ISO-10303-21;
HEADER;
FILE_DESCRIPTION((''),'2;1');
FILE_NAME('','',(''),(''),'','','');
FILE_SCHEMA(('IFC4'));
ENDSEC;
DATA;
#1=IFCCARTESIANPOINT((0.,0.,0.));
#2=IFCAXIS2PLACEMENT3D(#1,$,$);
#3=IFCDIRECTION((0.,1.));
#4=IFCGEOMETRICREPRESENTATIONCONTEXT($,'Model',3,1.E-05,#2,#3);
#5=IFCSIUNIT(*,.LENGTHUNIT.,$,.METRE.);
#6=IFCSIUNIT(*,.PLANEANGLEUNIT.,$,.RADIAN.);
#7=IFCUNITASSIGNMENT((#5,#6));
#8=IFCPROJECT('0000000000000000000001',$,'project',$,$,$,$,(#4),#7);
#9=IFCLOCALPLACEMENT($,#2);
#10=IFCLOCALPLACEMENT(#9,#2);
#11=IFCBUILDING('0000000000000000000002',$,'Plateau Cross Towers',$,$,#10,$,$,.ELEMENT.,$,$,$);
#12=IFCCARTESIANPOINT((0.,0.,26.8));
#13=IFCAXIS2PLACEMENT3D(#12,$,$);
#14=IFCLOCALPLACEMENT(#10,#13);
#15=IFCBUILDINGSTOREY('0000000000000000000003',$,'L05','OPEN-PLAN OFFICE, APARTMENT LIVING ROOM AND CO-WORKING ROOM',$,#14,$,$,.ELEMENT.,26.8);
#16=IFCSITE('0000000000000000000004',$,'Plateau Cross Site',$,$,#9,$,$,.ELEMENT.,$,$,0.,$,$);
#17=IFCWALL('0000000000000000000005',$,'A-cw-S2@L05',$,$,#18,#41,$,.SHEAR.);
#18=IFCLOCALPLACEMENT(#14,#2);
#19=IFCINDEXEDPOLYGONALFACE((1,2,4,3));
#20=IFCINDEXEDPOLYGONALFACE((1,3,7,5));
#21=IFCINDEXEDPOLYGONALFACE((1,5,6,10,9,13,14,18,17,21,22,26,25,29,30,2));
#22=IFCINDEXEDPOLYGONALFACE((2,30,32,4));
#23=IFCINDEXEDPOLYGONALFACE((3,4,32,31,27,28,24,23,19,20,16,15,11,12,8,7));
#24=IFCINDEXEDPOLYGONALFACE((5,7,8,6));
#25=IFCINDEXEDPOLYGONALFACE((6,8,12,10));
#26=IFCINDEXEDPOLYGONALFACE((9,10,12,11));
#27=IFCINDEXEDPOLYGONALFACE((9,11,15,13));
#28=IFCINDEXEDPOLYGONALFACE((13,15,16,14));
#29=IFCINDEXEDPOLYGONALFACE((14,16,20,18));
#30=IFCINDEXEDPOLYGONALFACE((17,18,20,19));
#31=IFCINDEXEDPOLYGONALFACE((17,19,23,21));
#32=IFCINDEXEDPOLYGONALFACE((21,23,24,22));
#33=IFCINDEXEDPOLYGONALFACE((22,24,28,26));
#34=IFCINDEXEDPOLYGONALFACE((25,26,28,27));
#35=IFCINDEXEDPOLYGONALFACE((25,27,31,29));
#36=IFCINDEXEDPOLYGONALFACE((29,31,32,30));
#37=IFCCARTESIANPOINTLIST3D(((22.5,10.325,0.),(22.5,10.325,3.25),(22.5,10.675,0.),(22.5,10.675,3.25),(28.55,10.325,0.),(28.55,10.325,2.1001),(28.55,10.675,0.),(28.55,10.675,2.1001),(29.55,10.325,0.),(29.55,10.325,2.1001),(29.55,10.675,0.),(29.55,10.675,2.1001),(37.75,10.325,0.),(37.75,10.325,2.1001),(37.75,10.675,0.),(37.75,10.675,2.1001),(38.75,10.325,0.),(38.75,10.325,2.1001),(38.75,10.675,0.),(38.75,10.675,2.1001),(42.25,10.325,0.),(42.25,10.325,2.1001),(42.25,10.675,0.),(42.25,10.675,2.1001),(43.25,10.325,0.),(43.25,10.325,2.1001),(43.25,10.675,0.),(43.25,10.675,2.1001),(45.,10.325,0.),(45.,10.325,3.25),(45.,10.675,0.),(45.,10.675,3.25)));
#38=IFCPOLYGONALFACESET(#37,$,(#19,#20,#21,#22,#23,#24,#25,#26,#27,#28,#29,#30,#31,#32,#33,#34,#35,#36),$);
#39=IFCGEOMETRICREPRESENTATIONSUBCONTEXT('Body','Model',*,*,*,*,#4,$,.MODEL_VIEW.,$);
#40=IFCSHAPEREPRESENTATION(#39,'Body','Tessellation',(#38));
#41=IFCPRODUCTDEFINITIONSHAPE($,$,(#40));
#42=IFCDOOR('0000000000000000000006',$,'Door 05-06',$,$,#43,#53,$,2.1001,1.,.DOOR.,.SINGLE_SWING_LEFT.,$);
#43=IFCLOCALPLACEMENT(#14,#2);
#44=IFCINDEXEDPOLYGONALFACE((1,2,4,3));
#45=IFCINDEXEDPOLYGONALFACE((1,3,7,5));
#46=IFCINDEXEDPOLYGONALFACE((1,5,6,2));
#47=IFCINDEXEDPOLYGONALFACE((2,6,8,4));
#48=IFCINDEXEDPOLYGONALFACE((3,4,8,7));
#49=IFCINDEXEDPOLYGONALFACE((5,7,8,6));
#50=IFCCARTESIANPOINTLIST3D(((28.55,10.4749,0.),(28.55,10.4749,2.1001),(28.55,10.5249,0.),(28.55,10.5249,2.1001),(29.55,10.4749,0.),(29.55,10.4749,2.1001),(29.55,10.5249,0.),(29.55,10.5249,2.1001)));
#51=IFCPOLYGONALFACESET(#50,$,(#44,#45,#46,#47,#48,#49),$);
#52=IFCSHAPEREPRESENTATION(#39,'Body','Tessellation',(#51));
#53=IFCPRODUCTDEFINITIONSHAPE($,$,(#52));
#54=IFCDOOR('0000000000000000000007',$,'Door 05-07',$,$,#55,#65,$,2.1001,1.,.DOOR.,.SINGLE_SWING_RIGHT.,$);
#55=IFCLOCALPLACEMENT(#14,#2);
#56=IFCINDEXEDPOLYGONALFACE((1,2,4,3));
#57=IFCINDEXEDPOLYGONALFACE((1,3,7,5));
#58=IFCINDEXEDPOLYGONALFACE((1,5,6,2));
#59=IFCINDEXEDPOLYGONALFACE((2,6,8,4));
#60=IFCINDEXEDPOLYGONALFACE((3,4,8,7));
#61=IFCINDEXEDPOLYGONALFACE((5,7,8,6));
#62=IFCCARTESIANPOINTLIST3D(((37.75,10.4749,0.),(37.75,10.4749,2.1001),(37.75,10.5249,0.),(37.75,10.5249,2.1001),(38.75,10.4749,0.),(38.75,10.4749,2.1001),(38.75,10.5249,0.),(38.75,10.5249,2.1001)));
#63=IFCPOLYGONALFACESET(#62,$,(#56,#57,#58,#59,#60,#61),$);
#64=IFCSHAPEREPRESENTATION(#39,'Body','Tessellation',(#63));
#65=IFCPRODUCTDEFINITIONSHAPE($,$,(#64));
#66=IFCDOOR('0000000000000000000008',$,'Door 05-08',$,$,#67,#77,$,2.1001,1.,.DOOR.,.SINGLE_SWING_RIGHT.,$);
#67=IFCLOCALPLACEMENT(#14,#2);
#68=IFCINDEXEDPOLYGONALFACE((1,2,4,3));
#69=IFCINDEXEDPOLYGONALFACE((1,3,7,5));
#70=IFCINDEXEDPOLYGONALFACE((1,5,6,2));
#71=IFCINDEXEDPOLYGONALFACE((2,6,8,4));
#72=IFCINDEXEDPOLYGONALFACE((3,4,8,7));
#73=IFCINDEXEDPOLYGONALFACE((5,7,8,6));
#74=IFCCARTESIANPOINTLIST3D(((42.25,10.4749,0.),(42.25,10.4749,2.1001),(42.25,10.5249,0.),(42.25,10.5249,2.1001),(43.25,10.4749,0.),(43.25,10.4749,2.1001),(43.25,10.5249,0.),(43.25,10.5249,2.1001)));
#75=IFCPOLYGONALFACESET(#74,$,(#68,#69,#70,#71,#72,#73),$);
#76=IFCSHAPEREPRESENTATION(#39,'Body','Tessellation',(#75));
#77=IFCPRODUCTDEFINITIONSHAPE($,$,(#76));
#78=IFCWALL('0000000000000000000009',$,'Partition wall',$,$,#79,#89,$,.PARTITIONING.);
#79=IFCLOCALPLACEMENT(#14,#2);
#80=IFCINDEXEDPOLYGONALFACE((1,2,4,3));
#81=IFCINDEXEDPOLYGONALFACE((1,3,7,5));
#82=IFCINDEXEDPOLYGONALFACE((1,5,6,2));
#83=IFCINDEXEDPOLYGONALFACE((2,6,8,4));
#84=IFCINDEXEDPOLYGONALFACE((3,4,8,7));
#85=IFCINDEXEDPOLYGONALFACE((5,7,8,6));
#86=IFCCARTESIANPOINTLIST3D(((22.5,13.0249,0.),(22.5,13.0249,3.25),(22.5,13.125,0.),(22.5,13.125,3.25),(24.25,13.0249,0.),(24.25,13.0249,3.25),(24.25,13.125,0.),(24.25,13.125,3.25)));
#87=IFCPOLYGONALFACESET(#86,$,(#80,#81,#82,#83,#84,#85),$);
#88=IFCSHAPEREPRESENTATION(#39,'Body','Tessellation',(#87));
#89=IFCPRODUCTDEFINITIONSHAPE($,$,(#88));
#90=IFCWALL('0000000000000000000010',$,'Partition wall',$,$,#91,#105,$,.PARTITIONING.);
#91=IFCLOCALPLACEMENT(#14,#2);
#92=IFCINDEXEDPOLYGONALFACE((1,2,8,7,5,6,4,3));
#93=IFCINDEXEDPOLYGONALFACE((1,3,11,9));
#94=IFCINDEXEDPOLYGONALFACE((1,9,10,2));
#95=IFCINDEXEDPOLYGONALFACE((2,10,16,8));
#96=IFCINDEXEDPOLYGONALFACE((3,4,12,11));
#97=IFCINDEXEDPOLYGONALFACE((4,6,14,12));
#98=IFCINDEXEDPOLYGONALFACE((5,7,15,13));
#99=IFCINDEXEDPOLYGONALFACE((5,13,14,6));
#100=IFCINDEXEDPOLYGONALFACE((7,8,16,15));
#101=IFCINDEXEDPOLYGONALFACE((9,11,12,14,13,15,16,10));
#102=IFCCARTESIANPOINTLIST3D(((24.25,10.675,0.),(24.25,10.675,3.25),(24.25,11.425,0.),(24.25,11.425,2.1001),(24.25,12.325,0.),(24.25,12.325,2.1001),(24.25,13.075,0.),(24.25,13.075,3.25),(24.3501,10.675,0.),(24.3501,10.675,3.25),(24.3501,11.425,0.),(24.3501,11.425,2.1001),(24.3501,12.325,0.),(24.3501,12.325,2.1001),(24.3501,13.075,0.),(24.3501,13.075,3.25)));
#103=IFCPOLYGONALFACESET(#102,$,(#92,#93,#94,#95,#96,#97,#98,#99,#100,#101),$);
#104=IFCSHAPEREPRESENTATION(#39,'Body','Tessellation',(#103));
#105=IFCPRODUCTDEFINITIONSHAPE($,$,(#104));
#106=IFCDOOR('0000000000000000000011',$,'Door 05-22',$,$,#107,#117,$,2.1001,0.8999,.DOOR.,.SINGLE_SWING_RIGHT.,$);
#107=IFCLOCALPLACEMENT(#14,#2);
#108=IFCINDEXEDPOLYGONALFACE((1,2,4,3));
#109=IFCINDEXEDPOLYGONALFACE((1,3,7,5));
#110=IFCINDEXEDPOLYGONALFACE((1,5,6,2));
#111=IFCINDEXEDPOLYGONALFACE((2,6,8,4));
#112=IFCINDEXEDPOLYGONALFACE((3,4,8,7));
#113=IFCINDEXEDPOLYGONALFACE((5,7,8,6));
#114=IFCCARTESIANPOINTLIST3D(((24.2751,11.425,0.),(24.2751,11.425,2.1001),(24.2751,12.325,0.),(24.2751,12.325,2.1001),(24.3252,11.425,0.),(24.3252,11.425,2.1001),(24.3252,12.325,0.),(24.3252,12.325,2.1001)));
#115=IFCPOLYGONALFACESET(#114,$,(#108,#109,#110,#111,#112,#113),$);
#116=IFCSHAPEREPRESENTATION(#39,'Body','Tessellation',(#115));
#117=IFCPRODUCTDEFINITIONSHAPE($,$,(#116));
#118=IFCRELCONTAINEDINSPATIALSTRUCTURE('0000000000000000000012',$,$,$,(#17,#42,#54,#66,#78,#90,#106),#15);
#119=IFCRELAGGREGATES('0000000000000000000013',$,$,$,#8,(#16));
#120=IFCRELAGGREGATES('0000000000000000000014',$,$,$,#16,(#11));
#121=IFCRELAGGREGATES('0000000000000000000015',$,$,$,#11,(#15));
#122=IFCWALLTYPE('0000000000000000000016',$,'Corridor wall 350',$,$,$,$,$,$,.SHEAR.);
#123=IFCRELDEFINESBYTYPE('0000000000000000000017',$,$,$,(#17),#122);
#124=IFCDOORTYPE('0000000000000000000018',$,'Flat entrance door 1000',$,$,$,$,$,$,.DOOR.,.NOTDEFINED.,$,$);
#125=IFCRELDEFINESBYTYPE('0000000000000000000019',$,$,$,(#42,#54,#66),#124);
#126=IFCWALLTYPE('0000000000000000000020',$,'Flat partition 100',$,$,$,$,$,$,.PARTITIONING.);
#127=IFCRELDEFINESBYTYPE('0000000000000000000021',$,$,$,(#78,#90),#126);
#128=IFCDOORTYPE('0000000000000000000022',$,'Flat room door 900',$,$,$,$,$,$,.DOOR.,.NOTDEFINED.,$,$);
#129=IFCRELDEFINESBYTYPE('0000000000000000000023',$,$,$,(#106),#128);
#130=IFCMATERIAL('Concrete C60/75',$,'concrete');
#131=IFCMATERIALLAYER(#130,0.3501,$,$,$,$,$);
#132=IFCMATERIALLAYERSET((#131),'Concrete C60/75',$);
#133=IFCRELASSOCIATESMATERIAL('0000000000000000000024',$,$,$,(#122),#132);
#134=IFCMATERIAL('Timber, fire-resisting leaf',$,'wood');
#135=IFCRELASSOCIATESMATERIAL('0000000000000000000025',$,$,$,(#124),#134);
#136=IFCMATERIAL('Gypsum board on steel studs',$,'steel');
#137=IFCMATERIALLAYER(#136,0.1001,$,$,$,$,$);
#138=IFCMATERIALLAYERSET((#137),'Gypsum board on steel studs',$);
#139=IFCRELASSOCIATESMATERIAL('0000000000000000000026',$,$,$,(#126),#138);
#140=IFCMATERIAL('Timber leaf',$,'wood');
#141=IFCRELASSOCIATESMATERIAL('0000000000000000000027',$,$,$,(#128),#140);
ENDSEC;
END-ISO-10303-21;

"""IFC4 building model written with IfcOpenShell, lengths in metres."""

from ifc_helpers import new_model, si_unit, direction, frame, frame_2d, origin, place, context, subcontext, project, spatial, rectangle, extrude, material, layer, layer_set, type_object, element, fill, save


model = new_model("IFC4")

# Units and contexts
model_context = context("Model", 3, precision=1e-05, world=origin(), true_north=direction((0.0, 1.0)))
body_context = subcontext(model_context, "Body", "Model", "MODEL_VIEW")
ifc_project = project(units=[si_unit("LENGTHUNIT", "METRE"), si_unit("PLANEANGLEUNIT", "RADIAN")], contexts=[model_context])

# Site, building, storey
site_placement = place(None, origin())
site = spatial("IfcSite", under=ifc_project, at=site_placement, Name="Plateau Cross Site", CompositionType="ELEMENT", RefElevation=0.0)
building_placement = place(site_placement, origin())
building = spatial("IfcBuilding", under=site, at=building_placement, Name="Plateau Cross Towers", CompositionType="ELEMENT")
storey_placement = place(building_placement, frame((0.0, 0.0, 26.8)))
storey = spatial("IfcBuildingStorey", under=building, at=storey_placement, Name="L05", Description="OPEN-PLAN OFFICE, APARTMENT LIVING ROOM AND CO-WORKING ROOM", CompositionType="ELEMENT", Elevation=26.8)

# Shared definitions
ifc_material_1 = material(Name="Concrete C60/75", Category="concrete")

# Wall, openings, doors
ifc_layer_1 = layer(ifc_material_1, 0.3501)
ifc_layer_set_1 = layer_set([ifc_layer_1], Name="Concrete C60/75")
wall_type_1 = type_object("IfcWallType", Name="Corridor wall 350", PredefinedType="SHEAR", material=ifc_layer_set_1)
ifc_material_2 = material(Name="Timber, fire-resisting leaf", Category="wood")
door_type_1 = type_object("IfcDoorType", Name="Flat entrance door 1000", OperationType="NOTDEFINED", PredefinedType="DOOR", material=ifc_material_2)
wall_1_placement = place(storey_placement, frame((22.5, 10.5, 0.0), z_axis=(0.0, 0.0, 1.0), x_axis=(1.0, 0.0, 0.0)))
wall_1 = element("IfcWall", 1, at=wall_1_placement, inside=storey, type_object=wall_type_1, Name="A-cw-S2@L05", PredefinedType="SHEAR", context=body_context, shape_type="SweptSolid", body=[
    extrude(rectangle(XDim=22.5, YDim=0.3501, at=frame_2d((11.25, 0.0))), origin(), (0.0, 0.0, 1.0), 3.25),
])
opening_1_placement = place(wall_1_placement, frame((6.05, 0.0, 0.0)))
opening_1 = element("IfcOpeningElement", 2, at=opening_1_placement, cuts=wall_1, PredefinedType="OPENING", context=body_context, shape_type="SweptSolid", body=[
    extrude(rectangle(XDim=1.0, YDim=2.1001, at=frame_2d((0.5, 1.05))), frame((0.0, 0.1851, 0.0), z_axis=(0.0, -1.0, 0.0), x_axis=(1.0, 0.0, 0.0)), (0.0, 0.0, 1.0), 0.3701),
])
opening_2_placement = place(wall_1_placement, frame((15.25, 0.0, 0.0)))
opening_2 = element("IfcOpeningElement", 3, at=opening_2_placement, cuts=wall_1, PredefinedType="OPENING", context=body_context, shape_type="SweptSolid", body=[
    extrude(rectangle(XDim=1.0, YDim=2.1001, at=frame_2d((0.5, 1.05))), frame((0.0, 0.1851, 0.0), z_axis=(0.0, -1.0, 0.0), x_axis=(1.0, 0.0, 0.0)), (0.0, 0.0, 1.0), 0.3701),
])
opening_3_placement = place(wall_1_placement, frame((19.75, 0.0, 0.0)))
opening_3 = element("IfcOpeningElement", 4, at=opening_3_placement, cuts=wall_1, PredefinedType="OPENING", context=body_context, shape_type="SweptSolid", body=[
    extrude(rectangle(XDim=1.0, YDim=2.1001, at=frame_2d((0.5, 1.05))), frame((0.0, 0.1851, 0.0), z_axis=(0.0, -1.0, 0.0), x_axis=(1.0, 0.0, 0.0)), (0.0, 0.0, 1.0), 0.3701),
])
door_1_placement = place(opening_1_placement, origin())
door_1 = element("IfcDoor", 5, at=door_1_placement, inside=storey, type_object=door_type_1, Name="Door 05-06", OperationType="SINGLE_SWING_LEFT", OverallHeight=2.1001, OverallWidth=1.0, PredefinedType="DOOR", context=body_context, shape_type="SweptSolid", body=[
    extrude(rectangle(XDim=1.0, YDim=2.1001, at=frame_2d((0.5, 1.05))), frame((0.0, 0.0249, 0.0), z_axis=(0.0, -1.0, 0.0), x_axis=(1.0, 0.0, 0.0)), (0.0, 0.0, 1.0), 0.05),
])
fill(opening_1, door_1)
door_2_placement = place(opening_2_placement, origin())
door_2 = element("IfcDoor", 6, at=door_2_placement, inside=storey, type_object=door_type_1, Name="Door 05-07", OperationType="SINGLE_SWING_RIGHT", OverallHeight=2.1001, OverallWidth=1.0, PredefinedType="DOOR", context=body_context, shape_type="SweptSolid", body=[
    extrude(rectangle(XDim=1.0, YDim=2.1001, at=frame_2d((0.5, 1.05))), frame((0.0, 0.0249, 0.0), z_axis=(0.0, -1.0, 0.0), x_axis=(1.0, 0.0, 0.0)), (0.0, 0.0, 1.0), 0.05),
])
fill(opening_2, door_2)
door_3_placement = place(opening_3_placement, origin())
door_3 = element("IfcDoor", 7, at=door_3_placement, inside=storey, type_object=door_type_1, Name="Door 05-08", OperationType="SINGLE_SWING_RIGHT", OverallHeight=2.1001, OverallWidth=1.0, PredefinedType="DOOR", context=body_context, shape_type="SweptSolid", body=[
    extrude(rectangle(XDim=1.0, YDim=2.1001, at=frame_2d((0.5, 1.05))), frame((0.0, 0.0249, 0.0), z_axis=(0.0, -1.0, 0.0), x_axis=(1.0, 0.0, 0.0)), (0.0, 0.0, 1.0), 0.05),
])
fill(opening_3, door_3)

# Wall
ifc_material_3 = material(Name="Gypsum board on steel studs", Category="steel")
ifc_layer_2 = layer(ifc_material_3, 0.1001)
ifc_layer_set_2 = layer_set([ifc_layer_2], Name="Gypsum board on steel studs")
wall_type_2 = type_object("IfcWallType", Name="Flat partition 100", PredefinedType="PARTITIONING", material=ifc_layer_set_2)
wall_2_placement = place(storey_placement, frame((24.25, 13.075, 0.0), z_axis=(0.0, 0.0, 1.0), x_axis=(-1.0, 0.0, 0.0)))
element("IfcWall", 8, at=wall_2_placement, inside=storey, type_object=wall_type_2, Name="Partition wall", PredefinedType="PARTITIONING", context=body_context, shape_type="SweptSolid", body=[
    extrude(rectangle(XDim=1.75, YDim=0.1001, at=frame_2d((0.875, 0.0))), origin(), (0.0, 0.0, 1.0), 3.25),
])

# Wall, opening, door
wall_3_placement = place(storey_placement, frame((24.3, 10.675, 0.0), z_axis=(0.0, 0.0, 1.0), x_axis=(0.0, 1.0, 0.0)))
wall_3 = element("IfcWall", 9, at=wall_3_placement, inside=storey, type_object=wall_type_2, Name="Partition wall", PredefinedType="PARTITIONING", context=body_context, shape_type="SweptSolid", body=[
    extrude(rectangle(XDim=2.3999, YDim=0.1001, at=frame_2d((1.2, 0.0))), origin(), (0.0, 0.0, 1.0), 3.25),
])
opening_4_placement = place(wall_3_placement, frame((0.75, 0.0, 0.0)))
opening_4 = element("IfcOpeningElement", 10, at=opening_4_placement, cuts=wall_3, PredefinedType="OPENING", context=body_context, shape_type="SweptSolid", body=[
    extrude(rectangle(XDim=0.8999, YDim=2.1001, at=frame_2d((0.45, 1.05))), frame((0.0, 0.0601, 0.0), z_axis=(0.0, -1.0, 0.0), x_axis=(1.0, 0.0, 0.0)), (0.0, 0.0, 1.0), 0.1201),
])
ifc_material_4 = material(Name="Timber leaf", Category="wood")
door_type_2 = type_object("IfcDoorType", Name="Flat room door 900", OperationType="NOTDEFINED", PredefinedType="DOOR", material=ifc_material_4)
door_4_placement = place(opening_4_placement, origin())
door_4 = element("IfcDoor", 11, at=door_4_placement, inside=storey, type_object=door_type_2, Name="Door 05-22", OperationType="SINGLE_SWING_RIGHT", OverallHeight=2.1001, OverallWidth=0.8999, PredefinedType="DOOR", context=body_context, shape_type="SweptSolid", body=[
    extrude(rectangle(XDim=0.8999, YDim=2.1001, at=frame_2d((0.45, 1.05))), frame((0.0, 0.0249, 0.0), z_axis=(0.0, -1.0, 0.0), x_axis=(1.0, 0.0, 0.0)), (0.0, 0.0, 1.0), 0.05),
])
fill(opening_4, door_4)

save(model, "model.ifc")
